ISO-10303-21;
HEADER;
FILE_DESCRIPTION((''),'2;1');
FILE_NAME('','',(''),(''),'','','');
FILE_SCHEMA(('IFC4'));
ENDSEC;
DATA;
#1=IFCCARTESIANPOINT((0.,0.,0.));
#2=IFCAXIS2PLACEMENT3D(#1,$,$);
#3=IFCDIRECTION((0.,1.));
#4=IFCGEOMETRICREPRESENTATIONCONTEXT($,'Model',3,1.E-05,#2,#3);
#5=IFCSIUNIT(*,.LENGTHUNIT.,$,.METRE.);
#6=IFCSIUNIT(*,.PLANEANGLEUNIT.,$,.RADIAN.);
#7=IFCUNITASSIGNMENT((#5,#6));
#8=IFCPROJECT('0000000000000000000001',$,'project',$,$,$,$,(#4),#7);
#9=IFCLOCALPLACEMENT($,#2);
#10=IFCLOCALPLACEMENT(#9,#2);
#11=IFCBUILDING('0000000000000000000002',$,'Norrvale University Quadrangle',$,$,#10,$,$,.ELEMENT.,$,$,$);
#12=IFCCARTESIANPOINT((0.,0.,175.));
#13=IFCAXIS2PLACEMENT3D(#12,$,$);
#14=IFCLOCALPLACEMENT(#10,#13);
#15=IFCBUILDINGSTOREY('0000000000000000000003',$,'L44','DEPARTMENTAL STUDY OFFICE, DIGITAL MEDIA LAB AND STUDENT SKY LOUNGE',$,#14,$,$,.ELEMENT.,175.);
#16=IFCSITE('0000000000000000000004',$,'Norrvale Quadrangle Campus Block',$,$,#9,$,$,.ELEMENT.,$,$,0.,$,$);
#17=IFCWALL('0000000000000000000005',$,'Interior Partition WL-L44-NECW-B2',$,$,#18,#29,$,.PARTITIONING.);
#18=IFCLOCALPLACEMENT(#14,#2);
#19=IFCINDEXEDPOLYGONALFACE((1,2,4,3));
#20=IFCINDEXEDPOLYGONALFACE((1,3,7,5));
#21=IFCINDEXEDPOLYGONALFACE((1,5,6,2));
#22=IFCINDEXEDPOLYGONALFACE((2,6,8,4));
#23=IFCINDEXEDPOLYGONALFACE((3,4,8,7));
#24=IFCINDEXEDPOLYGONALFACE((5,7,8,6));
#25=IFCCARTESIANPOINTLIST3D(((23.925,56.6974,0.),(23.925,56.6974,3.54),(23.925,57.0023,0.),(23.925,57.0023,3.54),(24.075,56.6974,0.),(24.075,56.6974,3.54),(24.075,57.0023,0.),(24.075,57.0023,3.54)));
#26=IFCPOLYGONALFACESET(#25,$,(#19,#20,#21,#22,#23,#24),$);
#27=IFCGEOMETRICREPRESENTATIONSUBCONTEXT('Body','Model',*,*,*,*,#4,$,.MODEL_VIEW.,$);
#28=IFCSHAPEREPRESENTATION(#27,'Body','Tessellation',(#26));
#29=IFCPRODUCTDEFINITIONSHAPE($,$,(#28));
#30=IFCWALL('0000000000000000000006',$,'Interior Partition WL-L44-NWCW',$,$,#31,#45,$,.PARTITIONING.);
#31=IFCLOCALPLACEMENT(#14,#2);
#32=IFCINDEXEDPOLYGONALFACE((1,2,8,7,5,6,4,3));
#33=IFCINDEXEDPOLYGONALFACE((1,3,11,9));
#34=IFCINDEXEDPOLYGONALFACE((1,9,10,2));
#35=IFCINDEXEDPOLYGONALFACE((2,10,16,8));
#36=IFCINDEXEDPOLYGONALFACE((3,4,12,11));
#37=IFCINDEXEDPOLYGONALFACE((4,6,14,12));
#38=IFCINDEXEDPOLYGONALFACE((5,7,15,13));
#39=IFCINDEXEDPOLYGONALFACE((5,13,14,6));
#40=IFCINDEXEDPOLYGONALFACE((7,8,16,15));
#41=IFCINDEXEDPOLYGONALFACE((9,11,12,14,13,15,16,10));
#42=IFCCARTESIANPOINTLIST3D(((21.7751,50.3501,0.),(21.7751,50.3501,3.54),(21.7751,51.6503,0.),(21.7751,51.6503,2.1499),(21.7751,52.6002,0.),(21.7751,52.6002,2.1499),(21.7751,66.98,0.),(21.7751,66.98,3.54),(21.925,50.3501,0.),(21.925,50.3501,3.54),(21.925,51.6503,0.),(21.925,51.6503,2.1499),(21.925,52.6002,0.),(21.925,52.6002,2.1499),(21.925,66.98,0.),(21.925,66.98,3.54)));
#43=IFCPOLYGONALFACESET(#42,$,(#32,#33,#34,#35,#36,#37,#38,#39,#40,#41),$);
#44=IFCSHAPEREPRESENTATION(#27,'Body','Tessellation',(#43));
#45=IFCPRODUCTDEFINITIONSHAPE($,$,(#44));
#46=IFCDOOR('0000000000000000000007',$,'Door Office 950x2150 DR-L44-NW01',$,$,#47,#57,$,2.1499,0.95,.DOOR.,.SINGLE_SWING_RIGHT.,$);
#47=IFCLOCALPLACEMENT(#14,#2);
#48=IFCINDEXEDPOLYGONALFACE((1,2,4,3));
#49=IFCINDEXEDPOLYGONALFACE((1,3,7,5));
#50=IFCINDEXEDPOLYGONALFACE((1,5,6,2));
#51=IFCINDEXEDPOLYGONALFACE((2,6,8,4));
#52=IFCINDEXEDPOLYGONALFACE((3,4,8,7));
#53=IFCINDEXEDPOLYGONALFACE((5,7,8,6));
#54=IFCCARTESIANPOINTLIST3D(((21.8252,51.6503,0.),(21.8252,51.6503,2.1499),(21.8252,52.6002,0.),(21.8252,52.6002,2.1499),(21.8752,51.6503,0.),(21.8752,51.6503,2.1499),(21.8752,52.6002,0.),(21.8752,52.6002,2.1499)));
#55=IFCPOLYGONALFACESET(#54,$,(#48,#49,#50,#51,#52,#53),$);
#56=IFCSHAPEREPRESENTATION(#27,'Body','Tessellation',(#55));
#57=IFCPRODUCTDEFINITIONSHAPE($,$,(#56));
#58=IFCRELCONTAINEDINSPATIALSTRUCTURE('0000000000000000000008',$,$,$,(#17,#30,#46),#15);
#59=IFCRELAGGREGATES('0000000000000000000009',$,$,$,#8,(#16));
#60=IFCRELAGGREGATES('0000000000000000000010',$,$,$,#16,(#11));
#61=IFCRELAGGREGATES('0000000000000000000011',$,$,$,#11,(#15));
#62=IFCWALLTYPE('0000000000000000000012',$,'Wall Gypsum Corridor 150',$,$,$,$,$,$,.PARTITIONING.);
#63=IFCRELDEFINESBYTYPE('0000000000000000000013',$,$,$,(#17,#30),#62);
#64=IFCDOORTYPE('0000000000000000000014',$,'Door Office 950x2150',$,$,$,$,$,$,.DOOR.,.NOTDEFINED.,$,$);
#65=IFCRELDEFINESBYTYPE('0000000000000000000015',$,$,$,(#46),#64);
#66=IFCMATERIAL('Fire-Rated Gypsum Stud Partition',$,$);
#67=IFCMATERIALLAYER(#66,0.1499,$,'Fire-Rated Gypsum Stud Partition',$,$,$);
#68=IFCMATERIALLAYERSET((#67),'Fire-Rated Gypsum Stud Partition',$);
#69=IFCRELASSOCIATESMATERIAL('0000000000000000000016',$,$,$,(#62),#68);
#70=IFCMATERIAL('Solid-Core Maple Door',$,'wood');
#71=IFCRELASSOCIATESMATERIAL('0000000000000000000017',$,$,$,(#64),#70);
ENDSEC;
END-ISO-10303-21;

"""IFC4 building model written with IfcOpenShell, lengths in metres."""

from ifc_helpers import new_model, si_unit, direction, frame, frame_2d, origin, place, context, subcontext, project, spatial, rectangle, extrude, material, layer, layer_set, type_object, element, fill, save


model = new_model("IFC4")

# Units and contexts
model_context = context("Model", 3, precision=1e-05, world=origin(), true_north=direction((0.0, 1.0)))
body_context = subcontext(model_context, "Body", "Model", "MODEL_VIEW")
ifc_project = project(units=[si_unit("LENGTHUNIT", "METRE"), si_unit("PLANEANGLEUNIT", "RADIAN")], contexts=[model_context])

# Site, building, storey
site_placement = place(None, origin())
site = spatial("IfcSite", under=ifc_project, at=site_placement, Name="Norrvale Quadrangle Campus Block", CompositionType="ELEMENT", RefElevation=0.0)
building_placement = place(site_placement, origin())
building = spatial("IfcBuilding", under=site, at=building_placement, Name="Norrvale University Quadrangle", CompositionType="ELEMENT")
storey_placement = place(building_placement, frame((0.0, 0.0, 175.0)))
storey = spatial("IfcBuildingStorey", under=building, at=storey_placement, Name="L44", Description="DEPARTMENTAL STUDY OFFICE, DIGITAL MEDIA LAB AND STUDENT SKY LOUNGE", CompositionType="ELEMENT", Elevation=175.0)

# Shared definitions
ifc_material_1 = material(Name="Fire-Rated Gypsum Stud Partition")
ifc_layer_1 = layer(ifc_material_1, 0.1499, Name="Fire-Rated Gypsum Stud Partition")
ifc_layer_set_1 = layer_set([ifc_layer_1], Name="Fire-Rated Gypsum Stud Partition")
wall_type_1 = type_object("IfcWallType", Name="Wall Gypsum Corridor 150", PredefinedType="PARTITIONING", material=ifc_layer_set_1)

# Shared definitions
ifc_material_2 = material(Name="Solid-Core Maple Door", Category="wood")
door_type_1 = type_object("IfcDoorType", Name="Door Office 950x2150", OperationType="NOTDEFINED", PredefinedType="DOOR", material=ifc_material_2)

# Wall
wall_1_placement = place(storey_placement, frame((24.0, 56.6975, 0.0), z_axis=(0.0, 0.0, 1.0), x_axis=(0.0, 1.0, 0.0)))
element("IfcWall", 1, at=wall_1_placement, inside=storey, type_object=wall_type_1, Name="Interior Partition WL-L44-NECW-B2", PredefinedType="PARTITIONING", context=body_context, shape_type="SweptSolid", body=[
    extrude(rectangle(XDim=0.3049, YDim=0.1499, at=frame_2d((0.1523, 0.0))), origin(), (0.0, 0.0, 1.0), 3.54),
])

# Wall, opening, door
wall_2_placement = place(storey_placement, frame((21.8501, 50.3501, 0.0), z_axis=(0.0, 0.0, 1.0), x_axis=(0.0, 1.0, 0.0)))
wall_2 = element("IfcWall", 2, at=wall_2_placement, inside=storey, type_object=wall_type_1, Name="Interior Partition WL-L44-NWCW", PredefinedType="PARTITIONING", context=body_context, shape_type="SweptSolid", body=[
    extrude(rectangle(XDim=16.6299, YDim=0.1499, at=frame_2d((8.3149, 0.0))), origin(), (0.0, 0.0, 1.0), 3.54),
])
opening_1_placement = place(wall_2_placement, frame((1.3, 0.0, 0.0)))
opening_1 = element("IfcOpeningElement", 3, at=opening_1_placement, cuts=wall_2, PredefinedType="OPENING", context=body_context, shape_type="SweptSolid", body=[
    extrude(rectangle(XDim=0.95, YDim=2.1499, at=frame_2d((0.4751, 1.075))), frame((0.0, 0.0869, 0.0), z_axis=(0.0, -1.0, 0.0), x_axis=(1.0, 0.0, 0.0)), (0.0, 0.0, 1.0), 0.1738),
])
door_1_placement = place(opening_1_placement, origin())
door_1 = element("IfcDoor", 4, at=door_1_placement, inside=storey, type_object=door_type_1, Name="Door Office 950x2150 DR-L44-NW01", OperationType="SINGLE_SWING_RIGHT", OverallHeight=2.1499, OverallWidth=0.95, PredefinedType="DOOR", context=body_context, shape_type="SweptSolid", body=[
    extrude(rectangle(XDim=0.95, YDim=2.1499, at=frame_2d((0.4751, 1.075))), frame((0.0, 0.0249, 0.0), z_axis=(0.0, -1.0, 0.0), x_axis=(1.0, 0.0, 0.0)), (0.0, 0.0, 1.0), 0.05),
])
fill(opening_1, door_1)

save(model, "model.ifc")
